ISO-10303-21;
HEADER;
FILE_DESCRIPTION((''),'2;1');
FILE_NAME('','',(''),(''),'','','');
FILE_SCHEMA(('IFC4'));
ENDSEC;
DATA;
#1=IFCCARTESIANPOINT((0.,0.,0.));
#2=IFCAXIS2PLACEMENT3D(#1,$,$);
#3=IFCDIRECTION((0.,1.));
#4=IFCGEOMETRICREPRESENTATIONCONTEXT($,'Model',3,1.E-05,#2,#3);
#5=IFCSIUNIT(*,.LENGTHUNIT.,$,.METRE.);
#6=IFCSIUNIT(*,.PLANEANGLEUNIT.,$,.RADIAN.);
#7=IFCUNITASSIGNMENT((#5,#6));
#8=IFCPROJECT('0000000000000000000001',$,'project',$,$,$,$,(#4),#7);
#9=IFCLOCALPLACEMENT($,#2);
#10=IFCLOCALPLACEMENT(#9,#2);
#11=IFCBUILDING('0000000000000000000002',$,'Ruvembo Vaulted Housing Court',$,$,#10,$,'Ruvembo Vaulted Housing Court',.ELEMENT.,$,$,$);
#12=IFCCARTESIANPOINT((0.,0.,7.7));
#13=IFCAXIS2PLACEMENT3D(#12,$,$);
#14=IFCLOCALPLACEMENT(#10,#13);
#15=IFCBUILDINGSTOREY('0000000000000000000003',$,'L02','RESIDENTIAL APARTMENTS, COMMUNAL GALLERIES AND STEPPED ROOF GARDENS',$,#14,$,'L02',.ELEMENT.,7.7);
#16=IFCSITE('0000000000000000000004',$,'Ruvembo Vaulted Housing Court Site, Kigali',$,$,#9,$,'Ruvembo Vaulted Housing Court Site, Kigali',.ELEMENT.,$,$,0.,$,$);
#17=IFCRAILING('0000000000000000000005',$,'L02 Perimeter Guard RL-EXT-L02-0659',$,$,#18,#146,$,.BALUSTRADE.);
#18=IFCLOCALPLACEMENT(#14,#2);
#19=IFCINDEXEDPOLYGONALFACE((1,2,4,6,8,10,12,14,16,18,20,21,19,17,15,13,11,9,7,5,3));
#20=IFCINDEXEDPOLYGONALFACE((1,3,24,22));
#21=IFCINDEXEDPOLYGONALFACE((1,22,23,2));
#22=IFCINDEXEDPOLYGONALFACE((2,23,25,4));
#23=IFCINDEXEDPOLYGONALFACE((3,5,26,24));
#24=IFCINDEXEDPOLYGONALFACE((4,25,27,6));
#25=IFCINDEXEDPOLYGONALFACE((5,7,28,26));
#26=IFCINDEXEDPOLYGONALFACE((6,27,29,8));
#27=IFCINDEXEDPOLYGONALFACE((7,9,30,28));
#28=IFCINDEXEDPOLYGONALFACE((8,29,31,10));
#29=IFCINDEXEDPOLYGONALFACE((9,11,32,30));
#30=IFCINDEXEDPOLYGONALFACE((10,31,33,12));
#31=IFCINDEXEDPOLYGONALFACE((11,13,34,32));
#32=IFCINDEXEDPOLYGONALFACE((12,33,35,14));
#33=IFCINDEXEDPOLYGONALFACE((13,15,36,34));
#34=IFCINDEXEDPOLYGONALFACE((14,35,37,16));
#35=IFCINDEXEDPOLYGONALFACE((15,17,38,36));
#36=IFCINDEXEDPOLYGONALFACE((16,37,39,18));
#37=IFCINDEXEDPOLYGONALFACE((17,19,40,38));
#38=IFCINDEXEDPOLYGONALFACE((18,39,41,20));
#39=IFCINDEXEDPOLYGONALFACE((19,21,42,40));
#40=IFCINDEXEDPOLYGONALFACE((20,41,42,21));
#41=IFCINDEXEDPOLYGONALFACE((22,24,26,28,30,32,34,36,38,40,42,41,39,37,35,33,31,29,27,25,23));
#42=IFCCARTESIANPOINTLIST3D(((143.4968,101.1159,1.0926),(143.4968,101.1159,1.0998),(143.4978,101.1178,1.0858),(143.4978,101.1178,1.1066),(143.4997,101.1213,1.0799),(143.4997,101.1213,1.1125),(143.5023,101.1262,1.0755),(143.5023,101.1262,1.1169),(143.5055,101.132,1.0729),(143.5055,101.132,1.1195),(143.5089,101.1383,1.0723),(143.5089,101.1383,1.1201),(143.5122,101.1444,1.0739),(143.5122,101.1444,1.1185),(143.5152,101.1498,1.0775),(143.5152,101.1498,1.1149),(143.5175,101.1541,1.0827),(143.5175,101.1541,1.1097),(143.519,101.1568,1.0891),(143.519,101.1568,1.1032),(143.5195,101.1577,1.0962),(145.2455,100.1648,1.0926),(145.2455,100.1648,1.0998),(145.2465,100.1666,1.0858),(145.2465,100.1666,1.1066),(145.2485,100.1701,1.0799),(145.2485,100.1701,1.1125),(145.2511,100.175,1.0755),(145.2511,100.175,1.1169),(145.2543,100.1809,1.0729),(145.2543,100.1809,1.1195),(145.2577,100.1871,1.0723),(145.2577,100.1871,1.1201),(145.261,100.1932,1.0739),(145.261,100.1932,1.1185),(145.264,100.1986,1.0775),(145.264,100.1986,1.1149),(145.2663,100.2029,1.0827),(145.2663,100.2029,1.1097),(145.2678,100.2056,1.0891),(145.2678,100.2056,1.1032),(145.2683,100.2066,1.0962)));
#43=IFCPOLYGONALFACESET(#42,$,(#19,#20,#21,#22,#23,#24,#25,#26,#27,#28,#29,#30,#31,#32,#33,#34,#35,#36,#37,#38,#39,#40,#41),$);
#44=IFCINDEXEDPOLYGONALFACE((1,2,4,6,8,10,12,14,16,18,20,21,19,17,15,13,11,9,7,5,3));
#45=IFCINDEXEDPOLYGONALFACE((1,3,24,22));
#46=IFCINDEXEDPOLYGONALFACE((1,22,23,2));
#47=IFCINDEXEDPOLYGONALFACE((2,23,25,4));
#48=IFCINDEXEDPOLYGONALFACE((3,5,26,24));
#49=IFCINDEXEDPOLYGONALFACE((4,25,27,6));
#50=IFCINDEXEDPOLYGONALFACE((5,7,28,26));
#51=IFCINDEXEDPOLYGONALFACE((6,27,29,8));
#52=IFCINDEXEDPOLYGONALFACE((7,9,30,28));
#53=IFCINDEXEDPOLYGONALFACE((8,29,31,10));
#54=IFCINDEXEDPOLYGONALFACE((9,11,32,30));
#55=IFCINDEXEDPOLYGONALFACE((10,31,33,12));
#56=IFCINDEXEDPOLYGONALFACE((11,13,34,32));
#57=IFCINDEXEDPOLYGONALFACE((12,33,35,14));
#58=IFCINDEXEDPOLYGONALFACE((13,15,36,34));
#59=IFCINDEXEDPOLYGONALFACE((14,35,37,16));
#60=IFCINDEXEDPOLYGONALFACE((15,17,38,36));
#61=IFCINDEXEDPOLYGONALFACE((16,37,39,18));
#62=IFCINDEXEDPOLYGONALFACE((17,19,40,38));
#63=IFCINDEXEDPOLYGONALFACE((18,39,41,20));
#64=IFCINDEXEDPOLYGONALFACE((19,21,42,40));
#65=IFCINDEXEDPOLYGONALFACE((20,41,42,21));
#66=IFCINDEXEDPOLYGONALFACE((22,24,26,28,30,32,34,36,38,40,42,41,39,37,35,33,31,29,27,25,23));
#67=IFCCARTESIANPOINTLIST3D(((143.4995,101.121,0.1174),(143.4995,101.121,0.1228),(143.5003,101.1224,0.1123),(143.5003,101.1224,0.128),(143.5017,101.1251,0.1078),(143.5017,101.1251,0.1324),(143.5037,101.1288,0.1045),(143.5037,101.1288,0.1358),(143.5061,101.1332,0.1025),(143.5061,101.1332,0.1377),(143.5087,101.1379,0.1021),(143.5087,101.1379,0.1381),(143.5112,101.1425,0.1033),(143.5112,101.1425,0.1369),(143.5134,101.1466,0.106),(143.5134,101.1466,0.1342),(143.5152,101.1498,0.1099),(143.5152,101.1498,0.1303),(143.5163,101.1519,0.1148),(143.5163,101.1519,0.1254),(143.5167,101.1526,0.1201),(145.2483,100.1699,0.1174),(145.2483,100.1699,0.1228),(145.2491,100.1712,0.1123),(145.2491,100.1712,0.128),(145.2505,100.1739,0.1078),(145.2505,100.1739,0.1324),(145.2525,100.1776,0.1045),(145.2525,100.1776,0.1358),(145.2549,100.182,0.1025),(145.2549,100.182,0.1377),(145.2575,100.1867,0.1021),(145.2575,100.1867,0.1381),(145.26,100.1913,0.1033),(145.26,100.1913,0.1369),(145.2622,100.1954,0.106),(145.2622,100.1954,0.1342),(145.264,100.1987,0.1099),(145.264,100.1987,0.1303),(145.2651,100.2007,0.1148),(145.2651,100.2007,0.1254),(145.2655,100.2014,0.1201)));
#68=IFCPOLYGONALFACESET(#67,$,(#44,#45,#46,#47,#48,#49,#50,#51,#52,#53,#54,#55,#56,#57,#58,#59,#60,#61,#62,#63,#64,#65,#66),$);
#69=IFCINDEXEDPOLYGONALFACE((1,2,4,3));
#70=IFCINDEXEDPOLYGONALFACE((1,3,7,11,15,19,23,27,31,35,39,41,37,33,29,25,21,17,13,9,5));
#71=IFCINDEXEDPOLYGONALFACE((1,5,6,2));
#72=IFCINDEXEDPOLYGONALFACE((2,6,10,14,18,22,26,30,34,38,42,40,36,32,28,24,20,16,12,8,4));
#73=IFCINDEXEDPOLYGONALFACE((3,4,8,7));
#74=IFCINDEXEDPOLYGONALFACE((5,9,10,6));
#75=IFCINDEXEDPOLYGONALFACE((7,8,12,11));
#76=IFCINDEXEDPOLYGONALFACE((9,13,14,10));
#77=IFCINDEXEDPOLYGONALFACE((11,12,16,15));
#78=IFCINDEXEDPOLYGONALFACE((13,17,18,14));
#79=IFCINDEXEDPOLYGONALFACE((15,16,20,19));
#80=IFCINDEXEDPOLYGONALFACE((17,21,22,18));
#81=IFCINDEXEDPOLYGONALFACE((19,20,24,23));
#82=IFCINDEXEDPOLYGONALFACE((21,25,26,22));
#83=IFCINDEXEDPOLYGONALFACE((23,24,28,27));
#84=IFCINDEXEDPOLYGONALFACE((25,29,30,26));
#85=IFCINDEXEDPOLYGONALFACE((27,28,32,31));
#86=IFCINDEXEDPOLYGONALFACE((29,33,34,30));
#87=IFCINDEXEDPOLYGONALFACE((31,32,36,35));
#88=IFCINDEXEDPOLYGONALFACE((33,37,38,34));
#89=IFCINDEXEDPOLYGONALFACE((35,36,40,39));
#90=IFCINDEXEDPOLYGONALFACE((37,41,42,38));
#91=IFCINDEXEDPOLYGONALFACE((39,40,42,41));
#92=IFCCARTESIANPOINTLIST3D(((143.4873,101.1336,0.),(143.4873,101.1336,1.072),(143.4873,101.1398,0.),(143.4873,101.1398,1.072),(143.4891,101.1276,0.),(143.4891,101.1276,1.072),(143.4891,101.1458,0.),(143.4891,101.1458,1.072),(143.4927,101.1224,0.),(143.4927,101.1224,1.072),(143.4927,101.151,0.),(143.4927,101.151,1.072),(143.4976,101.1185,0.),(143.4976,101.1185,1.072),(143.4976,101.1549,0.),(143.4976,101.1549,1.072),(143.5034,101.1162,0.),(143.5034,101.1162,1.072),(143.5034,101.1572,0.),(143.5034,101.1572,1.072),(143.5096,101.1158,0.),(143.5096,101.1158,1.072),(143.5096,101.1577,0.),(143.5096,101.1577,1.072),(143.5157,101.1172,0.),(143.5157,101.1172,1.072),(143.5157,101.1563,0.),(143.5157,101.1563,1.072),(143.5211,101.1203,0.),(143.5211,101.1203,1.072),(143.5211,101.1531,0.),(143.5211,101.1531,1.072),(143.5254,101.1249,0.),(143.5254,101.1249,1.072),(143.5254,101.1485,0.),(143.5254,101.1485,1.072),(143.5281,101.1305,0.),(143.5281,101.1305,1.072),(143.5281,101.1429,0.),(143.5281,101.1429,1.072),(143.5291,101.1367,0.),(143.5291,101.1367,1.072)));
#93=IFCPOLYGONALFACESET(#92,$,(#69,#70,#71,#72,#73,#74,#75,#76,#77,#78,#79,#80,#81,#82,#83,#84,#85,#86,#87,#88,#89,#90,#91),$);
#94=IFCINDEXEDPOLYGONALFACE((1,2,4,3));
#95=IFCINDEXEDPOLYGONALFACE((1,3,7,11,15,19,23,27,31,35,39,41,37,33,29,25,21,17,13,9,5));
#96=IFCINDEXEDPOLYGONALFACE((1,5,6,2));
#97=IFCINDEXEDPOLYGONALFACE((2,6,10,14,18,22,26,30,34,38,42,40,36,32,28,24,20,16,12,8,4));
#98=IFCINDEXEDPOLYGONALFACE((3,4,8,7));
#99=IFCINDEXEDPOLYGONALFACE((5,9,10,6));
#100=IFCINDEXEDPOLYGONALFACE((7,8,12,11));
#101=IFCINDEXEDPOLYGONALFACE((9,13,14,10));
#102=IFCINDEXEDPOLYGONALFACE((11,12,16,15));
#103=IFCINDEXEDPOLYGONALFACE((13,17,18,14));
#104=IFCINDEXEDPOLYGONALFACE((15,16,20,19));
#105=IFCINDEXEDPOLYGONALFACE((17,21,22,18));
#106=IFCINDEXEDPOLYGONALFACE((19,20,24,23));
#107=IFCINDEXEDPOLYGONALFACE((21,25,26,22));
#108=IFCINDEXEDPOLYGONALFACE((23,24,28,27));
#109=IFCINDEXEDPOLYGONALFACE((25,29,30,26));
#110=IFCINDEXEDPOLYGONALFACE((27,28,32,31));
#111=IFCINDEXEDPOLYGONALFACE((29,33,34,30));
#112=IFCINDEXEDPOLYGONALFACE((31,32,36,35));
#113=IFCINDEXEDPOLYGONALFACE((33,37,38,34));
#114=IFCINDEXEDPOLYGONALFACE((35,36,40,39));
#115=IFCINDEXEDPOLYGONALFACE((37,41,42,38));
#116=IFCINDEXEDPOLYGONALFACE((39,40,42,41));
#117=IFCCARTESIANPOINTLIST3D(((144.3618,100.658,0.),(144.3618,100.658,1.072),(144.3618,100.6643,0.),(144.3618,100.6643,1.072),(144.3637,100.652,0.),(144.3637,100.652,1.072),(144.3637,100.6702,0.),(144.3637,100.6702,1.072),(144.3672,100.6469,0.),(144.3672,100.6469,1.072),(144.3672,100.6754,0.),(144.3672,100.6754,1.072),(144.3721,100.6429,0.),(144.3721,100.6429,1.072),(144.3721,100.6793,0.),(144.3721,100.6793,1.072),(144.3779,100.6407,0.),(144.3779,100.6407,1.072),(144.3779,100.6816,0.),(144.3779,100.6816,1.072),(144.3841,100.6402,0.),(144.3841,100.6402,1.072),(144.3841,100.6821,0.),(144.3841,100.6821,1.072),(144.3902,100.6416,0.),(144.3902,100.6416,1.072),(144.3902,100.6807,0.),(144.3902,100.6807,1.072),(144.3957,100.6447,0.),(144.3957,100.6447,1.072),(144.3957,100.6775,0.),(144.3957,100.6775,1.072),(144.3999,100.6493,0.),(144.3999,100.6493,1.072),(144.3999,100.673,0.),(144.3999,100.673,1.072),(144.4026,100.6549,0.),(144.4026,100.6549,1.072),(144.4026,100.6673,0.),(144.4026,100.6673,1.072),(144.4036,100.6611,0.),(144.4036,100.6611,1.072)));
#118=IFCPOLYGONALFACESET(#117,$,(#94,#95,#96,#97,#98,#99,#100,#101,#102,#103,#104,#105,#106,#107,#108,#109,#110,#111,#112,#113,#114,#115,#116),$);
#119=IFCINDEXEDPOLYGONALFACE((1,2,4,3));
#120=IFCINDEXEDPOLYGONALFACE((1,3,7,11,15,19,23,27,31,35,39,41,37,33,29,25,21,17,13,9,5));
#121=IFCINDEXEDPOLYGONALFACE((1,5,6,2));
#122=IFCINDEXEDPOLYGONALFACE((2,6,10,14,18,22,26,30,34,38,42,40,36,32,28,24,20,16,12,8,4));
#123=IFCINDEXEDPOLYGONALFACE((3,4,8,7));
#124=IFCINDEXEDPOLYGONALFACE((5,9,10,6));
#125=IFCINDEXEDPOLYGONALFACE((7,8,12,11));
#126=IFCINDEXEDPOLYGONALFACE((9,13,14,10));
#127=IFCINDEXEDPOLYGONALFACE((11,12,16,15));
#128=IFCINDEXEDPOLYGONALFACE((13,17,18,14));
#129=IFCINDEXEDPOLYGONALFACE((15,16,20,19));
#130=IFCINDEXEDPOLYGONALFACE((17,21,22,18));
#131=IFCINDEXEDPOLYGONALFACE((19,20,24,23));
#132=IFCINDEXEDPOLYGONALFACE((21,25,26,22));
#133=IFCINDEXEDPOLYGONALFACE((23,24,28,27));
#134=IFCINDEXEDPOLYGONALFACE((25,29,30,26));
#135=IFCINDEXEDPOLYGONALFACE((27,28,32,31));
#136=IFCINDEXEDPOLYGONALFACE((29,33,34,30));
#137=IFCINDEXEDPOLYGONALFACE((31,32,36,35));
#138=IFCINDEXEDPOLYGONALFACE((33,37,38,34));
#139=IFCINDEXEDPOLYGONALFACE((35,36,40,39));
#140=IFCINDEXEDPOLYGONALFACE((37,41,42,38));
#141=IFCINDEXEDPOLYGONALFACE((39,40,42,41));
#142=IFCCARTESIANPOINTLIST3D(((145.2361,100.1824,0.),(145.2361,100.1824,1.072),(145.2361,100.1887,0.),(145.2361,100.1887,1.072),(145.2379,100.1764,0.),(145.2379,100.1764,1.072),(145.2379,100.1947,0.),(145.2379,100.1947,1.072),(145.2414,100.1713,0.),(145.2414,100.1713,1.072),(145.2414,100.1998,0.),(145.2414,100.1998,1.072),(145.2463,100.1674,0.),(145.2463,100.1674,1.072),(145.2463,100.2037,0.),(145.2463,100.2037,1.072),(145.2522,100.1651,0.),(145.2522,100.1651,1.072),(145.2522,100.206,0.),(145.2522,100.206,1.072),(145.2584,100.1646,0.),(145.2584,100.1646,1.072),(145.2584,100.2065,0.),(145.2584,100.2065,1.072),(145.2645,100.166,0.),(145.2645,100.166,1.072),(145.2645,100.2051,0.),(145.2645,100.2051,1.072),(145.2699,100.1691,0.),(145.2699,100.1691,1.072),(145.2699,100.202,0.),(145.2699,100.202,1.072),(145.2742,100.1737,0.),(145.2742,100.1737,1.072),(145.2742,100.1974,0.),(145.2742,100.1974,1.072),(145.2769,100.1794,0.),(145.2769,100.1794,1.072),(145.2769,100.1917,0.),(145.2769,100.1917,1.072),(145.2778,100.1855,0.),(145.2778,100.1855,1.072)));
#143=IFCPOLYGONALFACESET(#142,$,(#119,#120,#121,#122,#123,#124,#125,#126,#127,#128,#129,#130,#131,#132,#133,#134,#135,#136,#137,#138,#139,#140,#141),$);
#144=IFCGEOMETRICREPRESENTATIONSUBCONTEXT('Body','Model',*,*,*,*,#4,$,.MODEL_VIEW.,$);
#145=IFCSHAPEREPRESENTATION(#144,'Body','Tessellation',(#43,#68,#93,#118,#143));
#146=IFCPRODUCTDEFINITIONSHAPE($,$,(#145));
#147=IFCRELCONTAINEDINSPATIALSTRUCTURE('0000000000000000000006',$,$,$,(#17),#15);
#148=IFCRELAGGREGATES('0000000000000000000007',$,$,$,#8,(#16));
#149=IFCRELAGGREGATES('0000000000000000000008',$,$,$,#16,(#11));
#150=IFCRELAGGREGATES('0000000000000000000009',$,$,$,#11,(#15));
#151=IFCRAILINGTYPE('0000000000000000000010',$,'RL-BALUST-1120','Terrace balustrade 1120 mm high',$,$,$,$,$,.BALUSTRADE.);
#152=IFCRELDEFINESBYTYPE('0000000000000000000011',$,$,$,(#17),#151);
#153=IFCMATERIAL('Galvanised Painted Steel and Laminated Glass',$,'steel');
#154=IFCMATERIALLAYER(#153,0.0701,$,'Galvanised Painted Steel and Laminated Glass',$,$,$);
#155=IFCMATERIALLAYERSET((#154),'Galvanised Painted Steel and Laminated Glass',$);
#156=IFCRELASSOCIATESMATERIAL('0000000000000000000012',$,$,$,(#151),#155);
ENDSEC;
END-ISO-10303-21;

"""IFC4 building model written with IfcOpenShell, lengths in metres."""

from ifc_helpers import new_model, si_unit, direction, frame, origin, origin_2d, place, context, subcontext, project, spatial, circle, extrude, material, layer, layer_set, type_object, element, save


model = new_model("IFC4")

# Units and contexts
model_context = context("Model", 3, precision=1e-05, world=origin(), true_north=direction((0.0, 1.0)))
body_context = subcontext(model_context, "Body", "Model", "MODEL_VIEW")
ifc_project = project(units=[si_unit("LENGTHUNIT", "METRE"), si_unit("PLANEANGLEUNIT", "RADIAN")], contexts=[model_context])

# Site, building, storey
site_placement = place(None, origin())
site = spatial("IfcSite", under=ifc_project, at=site_placement, Name="Ruvembo Vaulted Housing Court Site, Kigali", LongName="Ruvembo Vaulted Housing Court Site, Kigali", CompositionType="ELEMENT", RefElevation=0.0)
building_placement = place(site_placement, origin())
building = spatial("IfcBuilding", under=site, at=building_placement, Name="Ruvembo Vaulted Housing Court", LongName="Ruvembo Vaulted Housing Court", CompositionType="ELEMENT")
storey_placement = place(building_placement, frame((0.0, 0.0, 7.7)))
storey = spatial("IfcBuildingStorey", under=building, at=storey_placement, Name="L02", Description="RESIDENTIAL APARTMENTS, COMMUNAL GALLERIES AND STEPPED ROOF GARDENS", LongName="L02", CompositionType="ELEMENT", Elevation=7.7)

# Railing
ifc_material_1 = material(Name="Galvanised Painted Steel and Laminated Glass", Category="steel")
ifc_layer_1 = layer(ifc_material_1, 0.0701, Name="Galvanised Painted Steel and Laminated Glass")
ifc_layer_set_1 = layer_set([ifc_layer_1], Name="Galvanised Painted Steel and Laminated Glass")
railing_type = type_object("IfcRailingType", Name="RL-BALUST-1120", Description="Terrace balustrade 1120 mm high", PredefinedType="BALUSTRADE", material=ifc_layer_set_1)
railing_1_placement = place(storey_placement, frame((143.5081, 101.1367, 0.0)))
element("IfcRailing", 1, at=railing_1_placement, inside=storey, type_object=railing_type, Name="L02 Perimeter Guard RL-EXT-L02-0659", PredefinedType="BALUSTRADE", context=body_context, shape_type="SweptSolid", body=[
    extrude(circle(Radius=0.0239, at=origin_2d()), frame((0.0, 0.0, 1.0962), z_axis=(0.878467, -0.477803, 0.0), x_axis=(0.477803, 0.878467, 0.0)), (0.0, 0.0, 1.0), 1.9907),
    extrude(circle(Radius=0.0181, at=origin_2d()), frame((0.0, 0.0, 0.1201), z_axis=(0.878467, -0.477803, 0.0), x_axis=(0.477803, 0.878467, 0.0)), (0.0, 0.0, 1.0), 1.9907),
    extrude(circle(Radius=0.021, at=origin_2d()), origin(), (0.0, 0.0, 1.0), 1.072),
    extrude(circle(Radius=0.021, at=origin_2d()), frame((0.8745, -0.4756, 0.0)), (0.0, 0.0, 1.0), 1.072),
    extrude(circle(Radius=0.021, at=origin_2d()), frame((1.7488, -0.9512, 0.0)), (0.0, 0.0, 1.0), 1.072),
])

save(model, "model.ifc")
